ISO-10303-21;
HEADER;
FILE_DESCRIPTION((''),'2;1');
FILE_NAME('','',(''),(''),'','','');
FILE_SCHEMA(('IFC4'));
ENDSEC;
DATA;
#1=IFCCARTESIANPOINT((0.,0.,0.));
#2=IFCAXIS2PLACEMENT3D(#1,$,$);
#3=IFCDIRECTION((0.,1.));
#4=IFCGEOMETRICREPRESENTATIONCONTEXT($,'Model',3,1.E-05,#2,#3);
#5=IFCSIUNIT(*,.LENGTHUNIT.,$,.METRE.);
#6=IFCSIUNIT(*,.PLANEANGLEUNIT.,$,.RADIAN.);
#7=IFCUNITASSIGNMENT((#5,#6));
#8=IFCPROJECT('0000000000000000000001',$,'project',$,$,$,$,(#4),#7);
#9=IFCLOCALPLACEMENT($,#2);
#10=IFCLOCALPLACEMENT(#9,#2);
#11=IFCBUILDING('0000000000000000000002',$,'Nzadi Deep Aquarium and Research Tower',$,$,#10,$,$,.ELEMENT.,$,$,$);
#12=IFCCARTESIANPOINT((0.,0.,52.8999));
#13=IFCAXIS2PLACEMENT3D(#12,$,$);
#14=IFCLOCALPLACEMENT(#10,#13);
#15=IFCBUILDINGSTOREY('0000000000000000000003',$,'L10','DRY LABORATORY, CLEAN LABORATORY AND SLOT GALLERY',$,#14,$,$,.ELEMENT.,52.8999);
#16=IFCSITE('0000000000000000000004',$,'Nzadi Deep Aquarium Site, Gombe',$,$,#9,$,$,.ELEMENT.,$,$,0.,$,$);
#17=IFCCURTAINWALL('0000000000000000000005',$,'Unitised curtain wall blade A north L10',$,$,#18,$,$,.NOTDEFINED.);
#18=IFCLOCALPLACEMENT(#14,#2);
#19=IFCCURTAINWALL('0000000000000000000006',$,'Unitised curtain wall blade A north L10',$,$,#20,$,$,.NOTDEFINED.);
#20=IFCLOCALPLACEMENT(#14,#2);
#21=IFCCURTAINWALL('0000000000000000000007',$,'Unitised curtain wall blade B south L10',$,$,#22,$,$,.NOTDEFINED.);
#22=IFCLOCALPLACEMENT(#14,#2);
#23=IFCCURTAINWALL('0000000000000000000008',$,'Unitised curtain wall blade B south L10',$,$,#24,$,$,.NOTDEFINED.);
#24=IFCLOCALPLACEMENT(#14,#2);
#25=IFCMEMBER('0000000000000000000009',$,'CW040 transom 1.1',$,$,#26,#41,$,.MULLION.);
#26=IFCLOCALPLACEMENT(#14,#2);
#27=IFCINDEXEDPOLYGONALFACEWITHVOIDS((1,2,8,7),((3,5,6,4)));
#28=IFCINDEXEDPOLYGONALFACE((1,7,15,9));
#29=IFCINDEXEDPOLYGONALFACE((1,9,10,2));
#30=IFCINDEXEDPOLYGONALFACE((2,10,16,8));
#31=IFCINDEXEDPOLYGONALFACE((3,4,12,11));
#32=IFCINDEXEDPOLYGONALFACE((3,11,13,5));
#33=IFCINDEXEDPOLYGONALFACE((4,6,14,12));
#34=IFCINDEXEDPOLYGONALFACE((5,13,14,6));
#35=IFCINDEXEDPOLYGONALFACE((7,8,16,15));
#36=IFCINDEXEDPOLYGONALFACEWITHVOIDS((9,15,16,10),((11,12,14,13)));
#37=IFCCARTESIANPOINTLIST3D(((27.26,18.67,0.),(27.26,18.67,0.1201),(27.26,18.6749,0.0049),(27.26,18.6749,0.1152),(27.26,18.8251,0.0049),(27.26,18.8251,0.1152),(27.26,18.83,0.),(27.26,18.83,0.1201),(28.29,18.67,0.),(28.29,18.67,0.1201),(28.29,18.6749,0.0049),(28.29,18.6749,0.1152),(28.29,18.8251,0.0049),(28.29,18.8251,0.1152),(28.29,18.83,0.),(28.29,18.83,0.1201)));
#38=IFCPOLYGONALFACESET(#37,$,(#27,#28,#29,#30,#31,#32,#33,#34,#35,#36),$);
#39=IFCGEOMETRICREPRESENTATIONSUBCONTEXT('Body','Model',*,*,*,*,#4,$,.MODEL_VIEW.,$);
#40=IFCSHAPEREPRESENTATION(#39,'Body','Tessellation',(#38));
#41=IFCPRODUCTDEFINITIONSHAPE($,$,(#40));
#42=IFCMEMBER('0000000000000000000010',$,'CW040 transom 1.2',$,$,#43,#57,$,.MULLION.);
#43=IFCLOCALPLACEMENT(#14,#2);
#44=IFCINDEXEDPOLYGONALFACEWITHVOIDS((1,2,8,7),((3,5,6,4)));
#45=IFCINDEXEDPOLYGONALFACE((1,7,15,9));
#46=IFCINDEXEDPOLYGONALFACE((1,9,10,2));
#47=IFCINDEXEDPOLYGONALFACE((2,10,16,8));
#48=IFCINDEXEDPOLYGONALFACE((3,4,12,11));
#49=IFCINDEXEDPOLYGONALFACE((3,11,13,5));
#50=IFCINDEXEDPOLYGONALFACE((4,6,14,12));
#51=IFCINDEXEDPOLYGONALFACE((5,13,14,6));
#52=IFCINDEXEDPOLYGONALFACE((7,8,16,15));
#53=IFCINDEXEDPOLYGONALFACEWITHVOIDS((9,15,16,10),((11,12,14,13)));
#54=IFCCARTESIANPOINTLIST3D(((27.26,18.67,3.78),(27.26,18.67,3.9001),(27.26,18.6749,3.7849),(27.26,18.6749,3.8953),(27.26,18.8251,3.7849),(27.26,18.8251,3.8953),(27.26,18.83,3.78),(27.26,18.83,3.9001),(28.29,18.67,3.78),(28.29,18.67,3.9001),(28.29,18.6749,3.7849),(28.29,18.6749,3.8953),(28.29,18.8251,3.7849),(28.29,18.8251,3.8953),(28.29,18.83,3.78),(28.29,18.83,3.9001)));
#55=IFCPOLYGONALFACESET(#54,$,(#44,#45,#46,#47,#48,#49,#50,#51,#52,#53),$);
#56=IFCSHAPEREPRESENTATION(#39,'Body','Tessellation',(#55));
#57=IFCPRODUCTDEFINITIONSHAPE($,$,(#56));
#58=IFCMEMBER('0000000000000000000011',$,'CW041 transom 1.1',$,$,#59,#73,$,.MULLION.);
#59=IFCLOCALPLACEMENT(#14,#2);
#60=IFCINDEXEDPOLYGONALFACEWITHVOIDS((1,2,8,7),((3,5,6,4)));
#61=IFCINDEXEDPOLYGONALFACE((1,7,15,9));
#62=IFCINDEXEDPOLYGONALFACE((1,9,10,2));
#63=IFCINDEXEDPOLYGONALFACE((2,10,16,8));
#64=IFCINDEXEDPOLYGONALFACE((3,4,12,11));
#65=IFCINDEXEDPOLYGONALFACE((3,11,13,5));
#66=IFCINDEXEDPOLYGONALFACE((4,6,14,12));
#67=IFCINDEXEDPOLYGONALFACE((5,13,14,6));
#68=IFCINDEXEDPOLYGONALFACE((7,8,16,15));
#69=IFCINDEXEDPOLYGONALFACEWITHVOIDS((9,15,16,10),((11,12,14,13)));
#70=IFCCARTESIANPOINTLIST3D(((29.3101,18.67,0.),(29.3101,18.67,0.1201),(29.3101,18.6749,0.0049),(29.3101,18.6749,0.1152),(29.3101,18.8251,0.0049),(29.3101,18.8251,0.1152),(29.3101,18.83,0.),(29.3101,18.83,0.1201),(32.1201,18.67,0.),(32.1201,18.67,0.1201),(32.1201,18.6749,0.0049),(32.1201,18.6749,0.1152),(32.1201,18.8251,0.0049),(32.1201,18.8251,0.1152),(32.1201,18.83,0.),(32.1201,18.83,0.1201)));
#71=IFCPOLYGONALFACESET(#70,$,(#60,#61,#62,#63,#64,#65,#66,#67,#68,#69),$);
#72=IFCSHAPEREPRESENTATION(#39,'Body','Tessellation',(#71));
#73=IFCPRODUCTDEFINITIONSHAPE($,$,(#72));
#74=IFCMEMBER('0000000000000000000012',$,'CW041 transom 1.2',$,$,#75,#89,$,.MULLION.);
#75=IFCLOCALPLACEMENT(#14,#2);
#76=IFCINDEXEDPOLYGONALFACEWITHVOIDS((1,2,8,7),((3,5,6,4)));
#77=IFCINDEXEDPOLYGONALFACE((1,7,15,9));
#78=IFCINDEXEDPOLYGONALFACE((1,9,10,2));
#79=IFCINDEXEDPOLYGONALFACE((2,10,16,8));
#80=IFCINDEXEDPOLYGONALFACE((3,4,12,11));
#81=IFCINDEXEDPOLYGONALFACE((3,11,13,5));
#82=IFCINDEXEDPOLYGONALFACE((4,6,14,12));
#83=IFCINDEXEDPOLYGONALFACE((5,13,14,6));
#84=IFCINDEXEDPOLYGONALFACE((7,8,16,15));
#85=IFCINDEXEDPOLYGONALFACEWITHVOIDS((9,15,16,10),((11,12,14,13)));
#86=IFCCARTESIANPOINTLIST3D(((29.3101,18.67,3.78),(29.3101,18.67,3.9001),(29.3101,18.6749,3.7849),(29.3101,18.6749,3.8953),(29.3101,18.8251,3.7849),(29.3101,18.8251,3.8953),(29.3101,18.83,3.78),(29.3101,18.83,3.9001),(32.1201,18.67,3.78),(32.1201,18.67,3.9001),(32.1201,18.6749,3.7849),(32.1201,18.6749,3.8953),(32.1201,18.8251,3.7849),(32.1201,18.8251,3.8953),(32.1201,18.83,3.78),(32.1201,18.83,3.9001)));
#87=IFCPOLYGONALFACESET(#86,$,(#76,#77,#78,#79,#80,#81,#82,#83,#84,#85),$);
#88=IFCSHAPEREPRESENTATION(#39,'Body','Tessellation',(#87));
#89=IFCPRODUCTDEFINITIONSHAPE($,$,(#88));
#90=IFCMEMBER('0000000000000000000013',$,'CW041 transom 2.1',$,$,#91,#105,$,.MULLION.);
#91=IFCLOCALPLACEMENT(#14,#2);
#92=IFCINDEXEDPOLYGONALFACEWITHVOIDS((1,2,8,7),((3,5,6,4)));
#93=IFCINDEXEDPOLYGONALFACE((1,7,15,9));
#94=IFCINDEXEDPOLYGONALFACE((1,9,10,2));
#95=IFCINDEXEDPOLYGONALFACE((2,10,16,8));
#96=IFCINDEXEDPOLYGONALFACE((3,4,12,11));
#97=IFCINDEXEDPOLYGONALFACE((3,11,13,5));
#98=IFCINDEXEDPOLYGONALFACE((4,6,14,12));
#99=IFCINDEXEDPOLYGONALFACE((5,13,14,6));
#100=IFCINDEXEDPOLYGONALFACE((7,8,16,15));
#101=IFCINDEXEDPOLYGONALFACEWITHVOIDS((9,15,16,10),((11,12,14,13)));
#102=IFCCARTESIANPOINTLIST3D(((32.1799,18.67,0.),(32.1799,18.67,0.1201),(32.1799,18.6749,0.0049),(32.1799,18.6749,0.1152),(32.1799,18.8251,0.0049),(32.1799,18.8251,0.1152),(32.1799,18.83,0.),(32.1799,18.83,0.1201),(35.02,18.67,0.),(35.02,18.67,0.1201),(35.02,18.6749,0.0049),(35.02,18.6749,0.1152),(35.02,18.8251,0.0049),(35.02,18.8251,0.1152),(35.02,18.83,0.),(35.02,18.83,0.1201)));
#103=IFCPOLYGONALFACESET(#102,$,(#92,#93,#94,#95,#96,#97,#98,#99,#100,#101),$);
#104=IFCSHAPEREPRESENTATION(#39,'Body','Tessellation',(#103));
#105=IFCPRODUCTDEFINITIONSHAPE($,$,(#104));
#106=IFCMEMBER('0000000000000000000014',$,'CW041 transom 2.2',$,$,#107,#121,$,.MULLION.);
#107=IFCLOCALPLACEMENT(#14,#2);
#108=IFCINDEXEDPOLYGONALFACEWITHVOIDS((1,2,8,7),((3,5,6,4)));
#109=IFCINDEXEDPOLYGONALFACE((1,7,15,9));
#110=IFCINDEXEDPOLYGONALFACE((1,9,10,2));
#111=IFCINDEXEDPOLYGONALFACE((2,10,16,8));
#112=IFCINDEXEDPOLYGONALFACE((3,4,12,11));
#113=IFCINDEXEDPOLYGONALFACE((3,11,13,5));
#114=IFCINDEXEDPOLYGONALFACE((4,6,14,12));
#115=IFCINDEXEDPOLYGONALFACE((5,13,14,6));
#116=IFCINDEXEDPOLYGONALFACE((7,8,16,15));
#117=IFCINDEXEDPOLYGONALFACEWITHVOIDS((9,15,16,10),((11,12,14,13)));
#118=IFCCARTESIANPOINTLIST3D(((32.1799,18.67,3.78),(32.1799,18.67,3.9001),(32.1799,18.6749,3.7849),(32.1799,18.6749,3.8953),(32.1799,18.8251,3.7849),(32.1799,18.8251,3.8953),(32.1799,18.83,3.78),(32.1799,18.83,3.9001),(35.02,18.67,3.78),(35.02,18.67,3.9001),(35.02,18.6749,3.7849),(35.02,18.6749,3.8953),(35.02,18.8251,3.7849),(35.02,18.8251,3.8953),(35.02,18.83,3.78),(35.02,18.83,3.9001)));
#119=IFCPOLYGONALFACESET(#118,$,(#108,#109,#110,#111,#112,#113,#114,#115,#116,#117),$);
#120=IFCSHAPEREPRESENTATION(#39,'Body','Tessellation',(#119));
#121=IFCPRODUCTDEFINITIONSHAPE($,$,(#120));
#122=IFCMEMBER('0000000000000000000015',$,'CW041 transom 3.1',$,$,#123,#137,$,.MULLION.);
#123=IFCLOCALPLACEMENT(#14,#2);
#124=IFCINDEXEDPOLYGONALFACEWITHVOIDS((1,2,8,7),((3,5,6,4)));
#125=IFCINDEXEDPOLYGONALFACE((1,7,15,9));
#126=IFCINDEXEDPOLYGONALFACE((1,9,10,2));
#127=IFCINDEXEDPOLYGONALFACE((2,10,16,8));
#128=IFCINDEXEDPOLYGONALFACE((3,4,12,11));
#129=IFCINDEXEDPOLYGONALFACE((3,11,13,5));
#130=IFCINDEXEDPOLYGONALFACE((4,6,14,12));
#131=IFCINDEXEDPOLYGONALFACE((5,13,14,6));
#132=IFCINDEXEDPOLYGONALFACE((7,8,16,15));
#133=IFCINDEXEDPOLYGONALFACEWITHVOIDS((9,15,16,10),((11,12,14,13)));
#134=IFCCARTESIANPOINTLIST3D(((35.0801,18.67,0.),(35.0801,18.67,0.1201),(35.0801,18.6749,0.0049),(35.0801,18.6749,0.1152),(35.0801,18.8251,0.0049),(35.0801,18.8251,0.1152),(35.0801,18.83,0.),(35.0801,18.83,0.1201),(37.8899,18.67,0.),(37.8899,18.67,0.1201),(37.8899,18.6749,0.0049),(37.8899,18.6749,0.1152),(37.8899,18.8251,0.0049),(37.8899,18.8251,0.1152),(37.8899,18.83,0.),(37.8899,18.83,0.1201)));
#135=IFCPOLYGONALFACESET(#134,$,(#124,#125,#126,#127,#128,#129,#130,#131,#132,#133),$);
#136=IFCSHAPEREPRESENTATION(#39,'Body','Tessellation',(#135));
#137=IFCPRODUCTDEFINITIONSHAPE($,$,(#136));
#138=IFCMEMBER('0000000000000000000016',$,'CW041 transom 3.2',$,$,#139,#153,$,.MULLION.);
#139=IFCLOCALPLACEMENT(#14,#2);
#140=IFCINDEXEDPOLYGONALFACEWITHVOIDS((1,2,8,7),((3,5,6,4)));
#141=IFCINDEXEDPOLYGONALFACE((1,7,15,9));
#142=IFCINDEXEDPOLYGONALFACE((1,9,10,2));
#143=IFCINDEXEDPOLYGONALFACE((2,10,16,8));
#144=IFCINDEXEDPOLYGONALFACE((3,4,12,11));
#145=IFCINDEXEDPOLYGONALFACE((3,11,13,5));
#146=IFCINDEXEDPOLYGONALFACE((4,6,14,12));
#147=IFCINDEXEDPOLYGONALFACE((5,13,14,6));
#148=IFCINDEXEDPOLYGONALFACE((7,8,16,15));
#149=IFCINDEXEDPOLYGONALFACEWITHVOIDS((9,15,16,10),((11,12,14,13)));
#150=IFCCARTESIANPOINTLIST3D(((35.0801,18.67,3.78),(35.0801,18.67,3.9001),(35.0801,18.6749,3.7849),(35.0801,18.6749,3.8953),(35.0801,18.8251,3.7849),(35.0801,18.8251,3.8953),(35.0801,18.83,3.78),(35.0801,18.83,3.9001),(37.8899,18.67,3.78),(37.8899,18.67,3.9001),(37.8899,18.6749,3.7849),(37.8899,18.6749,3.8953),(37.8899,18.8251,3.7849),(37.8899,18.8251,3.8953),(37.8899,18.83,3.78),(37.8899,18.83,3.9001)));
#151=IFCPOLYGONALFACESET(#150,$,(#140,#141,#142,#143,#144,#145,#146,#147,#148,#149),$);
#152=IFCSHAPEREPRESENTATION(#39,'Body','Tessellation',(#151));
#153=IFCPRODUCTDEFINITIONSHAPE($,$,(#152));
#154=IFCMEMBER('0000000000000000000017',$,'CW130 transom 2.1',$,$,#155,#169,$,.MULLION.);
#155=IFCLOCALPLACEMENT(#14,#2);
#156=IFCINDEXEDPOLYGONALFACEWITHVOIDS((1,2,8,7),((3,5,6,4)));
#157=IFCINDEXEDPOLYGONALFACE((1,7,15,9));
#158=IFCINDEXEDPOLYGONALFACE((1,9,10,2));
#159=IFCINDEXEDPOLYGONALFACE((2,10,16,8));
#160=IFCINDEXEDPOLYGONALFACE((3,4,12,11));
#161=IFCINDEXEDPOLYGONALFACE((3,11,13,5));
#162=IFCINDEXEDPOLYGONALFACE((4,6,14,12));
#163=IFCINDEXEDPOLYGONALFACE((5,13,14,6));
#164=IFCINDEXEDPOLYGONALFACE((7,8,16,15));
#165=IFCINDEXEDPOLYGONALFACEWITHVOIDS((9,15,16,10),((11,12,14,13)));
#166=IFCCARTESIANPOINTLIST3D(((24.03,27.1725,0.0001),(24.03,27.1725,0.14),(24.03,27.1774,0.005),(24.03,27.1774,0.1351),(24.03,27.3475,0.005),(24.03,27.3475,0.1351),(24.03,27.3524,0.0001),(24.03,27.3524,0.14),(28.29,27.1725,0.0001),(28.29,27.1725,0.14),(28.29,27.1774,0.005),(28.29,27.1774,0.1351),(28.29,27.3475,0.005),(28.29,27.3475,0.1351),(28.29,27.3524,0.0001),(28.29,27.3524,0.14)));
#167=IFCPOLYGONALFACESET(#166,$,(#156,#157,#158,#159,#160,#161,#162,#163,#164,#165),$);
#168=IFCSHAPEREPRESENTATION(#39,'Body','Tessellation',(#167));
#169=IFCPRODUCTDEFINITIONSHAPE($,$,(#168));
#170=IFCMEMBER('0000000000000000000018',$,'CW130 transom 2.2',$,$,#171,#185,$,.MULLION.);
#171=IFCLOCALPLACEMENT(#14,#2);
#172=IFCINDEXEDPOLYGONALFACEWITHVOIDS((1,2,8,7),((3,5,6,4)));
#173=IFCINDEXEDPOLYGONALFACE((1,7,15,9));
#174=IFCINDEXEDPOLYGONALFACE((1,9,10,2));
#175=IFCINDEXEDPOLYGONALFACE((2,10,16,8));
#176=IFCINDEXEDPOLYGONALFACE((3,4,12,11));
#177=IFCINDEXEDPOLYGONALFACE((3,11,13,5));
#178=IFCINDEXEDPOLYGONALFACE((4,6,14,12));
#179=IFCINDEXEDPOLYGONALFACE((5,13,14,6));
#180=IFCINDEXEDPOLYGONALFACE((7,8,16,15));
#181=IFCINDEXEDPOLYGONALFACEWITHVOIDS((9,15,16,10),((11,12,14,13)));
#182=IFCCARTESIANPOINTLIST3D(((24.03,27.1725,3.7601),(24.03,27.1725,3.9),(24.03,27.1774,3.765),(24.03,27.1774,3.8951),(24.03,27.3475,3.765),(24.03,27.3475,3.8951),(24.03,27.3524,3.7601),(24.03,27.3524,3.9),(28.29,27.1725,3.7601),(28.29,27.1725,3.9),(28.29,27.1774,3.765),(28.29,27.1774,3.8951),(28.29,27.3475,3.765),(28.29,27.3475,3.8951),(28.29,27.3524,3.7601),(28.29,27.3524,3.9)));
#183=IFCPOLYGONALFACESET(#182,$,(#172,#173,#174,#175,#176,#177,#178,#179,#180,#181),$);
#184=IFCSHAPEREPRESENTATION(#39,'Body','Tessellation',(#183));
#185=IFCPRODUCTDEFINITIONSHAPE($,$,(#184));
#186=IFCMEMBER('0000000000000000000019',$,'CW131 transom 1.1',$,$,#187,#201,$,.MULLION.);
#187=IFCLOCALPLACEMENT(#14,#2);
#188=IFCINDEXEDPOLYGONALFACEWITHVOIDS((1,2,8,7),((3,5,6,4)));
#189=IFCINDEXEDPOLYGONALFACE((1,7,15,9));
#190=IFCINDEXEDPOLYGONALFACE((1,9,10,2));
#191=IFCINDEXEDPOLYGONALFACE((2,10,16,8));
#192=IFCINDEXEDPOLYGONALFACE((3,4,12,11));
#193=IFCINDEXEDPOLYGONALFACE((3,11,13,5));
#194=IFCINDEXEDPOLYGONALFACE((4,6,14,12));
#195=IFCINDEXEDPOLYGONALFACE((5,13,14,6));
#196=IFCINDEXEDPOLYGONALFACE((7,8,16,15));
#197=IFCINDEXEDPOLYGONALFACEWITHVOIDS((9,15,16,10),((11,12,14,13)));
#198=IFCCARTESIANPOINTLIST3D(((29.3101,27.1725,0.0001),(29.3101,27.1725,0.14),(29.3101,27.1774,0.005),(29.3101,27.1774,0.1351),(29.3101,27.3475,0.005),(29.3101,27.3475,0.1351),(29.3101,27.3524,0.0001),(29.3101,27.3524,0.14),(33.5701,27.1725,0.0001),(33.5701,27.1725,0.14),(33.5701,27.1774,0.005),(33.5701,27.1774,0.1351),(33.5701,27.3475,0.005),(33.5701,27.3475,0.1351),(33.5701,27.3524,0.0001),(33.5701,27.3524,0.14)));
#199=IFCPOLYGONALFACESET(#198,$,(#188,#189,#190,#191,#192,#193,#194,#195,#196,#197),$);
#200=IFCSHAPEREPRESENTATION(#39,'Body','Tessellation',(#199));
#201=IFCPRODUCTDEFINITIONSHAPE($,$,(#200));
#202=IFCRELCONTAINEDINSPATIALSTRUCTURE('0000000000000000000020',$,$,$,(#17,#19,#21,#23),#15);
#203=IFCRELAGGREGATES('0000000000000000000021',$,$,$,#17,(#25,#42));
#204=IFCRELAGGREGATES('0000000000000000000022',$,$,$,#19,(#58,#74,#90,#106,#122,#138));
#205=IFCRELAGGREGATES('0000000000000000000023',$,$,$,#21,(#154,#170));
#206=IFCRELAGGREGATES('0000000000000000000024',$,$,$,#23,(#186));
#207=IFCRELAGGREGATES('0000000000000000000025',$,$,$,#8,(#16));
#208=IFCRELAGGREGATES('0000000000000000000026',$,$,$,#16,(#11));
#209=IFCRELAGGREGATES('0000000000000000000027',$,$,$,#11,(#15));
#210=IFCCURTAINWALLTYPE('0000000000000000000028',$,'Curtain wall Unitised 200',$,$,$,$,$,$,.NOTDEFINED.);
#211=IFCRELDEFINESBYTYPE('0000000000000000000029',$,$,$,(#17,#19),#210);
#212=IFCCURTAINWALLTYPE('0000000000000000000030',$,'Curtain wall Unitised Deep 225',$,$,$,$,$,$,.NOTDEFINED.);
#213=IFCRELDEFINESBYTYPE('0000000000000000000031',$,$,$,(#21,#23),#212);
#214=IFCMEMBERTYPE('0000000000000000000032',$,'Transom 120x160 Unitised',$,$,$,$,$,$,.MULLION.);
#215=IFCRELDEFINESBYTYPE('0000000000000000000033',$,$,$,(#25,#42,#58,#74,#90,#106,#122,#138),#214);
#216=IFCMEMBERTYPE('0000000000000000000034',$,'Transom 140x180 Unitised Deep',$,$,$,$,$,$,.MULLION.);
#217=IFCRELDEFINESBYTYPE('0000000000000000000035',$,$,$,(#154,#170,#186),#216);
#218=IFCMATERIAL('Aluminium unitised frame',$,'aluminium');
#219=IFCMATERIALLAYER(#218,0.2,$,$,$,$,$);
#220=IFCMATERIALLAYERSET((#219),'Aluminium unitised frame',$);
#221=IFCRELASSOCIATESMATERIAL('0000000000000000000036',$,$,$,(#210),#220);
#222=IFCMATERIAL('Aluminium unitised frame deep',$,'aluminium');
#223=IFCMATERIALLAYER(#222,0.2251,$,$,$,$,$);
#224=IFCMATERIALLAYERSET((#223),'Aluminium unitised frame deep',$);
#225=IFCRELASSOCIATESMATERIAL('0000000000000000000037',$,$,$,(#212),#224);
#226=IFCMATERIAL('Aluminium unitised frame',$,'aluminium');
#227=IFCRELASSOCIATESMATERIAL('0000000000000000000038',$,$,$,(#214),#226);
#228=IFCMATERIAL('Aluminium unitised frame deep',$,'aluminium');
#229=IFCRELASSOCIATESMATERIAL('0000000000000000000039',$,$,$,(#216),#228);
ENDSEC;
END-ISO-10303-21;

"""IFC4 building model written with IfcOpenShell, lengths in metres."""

from ifc_helpers import new_model, si_unit, direction, frame, origin, origin_2d, place, context, subcontext, project, spatial, hollow_rectangle, extrude, material, layer, layer_set, material_profile, profile_set, type_object, element, aggregate, save


model = new_model("IFC4")

# Units and contexts
model_context = context("Model", 3, precision=1e-05, world=origin(), true_north=direction((0.0, 1.0)))
body_context = subcontext(model_context, "Body", "Model", "MODEL_VIEW")
ifc_project = project(units=[si_unit("LENGTHUNIT", "METRE"), si_unit("PLANEANGLEUNIT", "RADIAN")], contexts=[model_context])

# Site, building, storey
site_placement = place(None, origin())
site = spatial("IfcSite", under=ifc_project, at=site_placement, Name="Nzadi Deep Aquarium Site, Gombe", CompositionType="ELEMENT", RefElevation=0.0)
building_placement = place(site_placement, origin())
building = spatial("IfcBuilding", under=site, at=building_placement, Name="Nzadi Deep Aquarium and Research Tower", CompositionType="ELEMENT")
storey_placement = place(building_placement, frame((0.0, 0.0, 52.8999)))
storey = spatial("IfcBuildingStorey", under=building, at=storey_placement, Name="L10", Description="DRY LABORATORY, CLEAN LABORATORY AND SLOT GALLERY", CompositionType="ELEMENT", Elevation=52.8999)

# Curtain walls
ifc_material_1 = material(Name="Aluminium unitised frame", Category="aluminium")
ifc_layer_1 = layer(ifc_material_1, 0.2)
ifc_layer_set_1 = layer_set([ifc_layer_1], Name="Aluminium unitised frame")
curtain_wall_type_1 = type_object("IfcCurtainWallType", Name="Curtain wall Unitised 200", PredefinedType="NOTDEFINED", material=ifc_layer_set_1)
curtain_wall_1_placement = place(storey_placement, origin())
curtain_wall_1 = element("IfcCurtainWall", 1, at=curtain_wall_1_placement, inside=storey, type_object=curtain_wall_type_1, Name="Unitised curtain wall blade A north L10", PredefinedType="NOTDEFINED")
curtain_wall_2_placement = place(storey_placement, origin())
curtain_wall_2 = element("IfcCurtainWall", 2, at=curtain_wall_2_placement, inside=storey, type_object=curtain_wall_type_1, Name="Unitised curtain wall blade A north L10", PredefinedType="NOTDEFINED")
ifc_material_2 = material(Name="Aluminium unitised frame deep", Category="aluminium")
ifc_layer_2 = layer(ifc_material_2, 0.2251)
ifc_layer_set_2 = layer_set([ifc_layer_2], Name="Aluminium unitised frame deep")
curtain_wall_type_2 = type_object("IfcCurtainWallType", Name="Curtain wall Unitised Deep 225", PredefinedType="NOTDEFINED", material=ifc_layer_set_2)
curtain_wall_3_placement = place(storey_placement, origin())
curtain_wall_3 = element("IfcCurtainWall", 3, at=curtain_wall_3_placement, inside=storey, type_object=curtain_wall_type_2, Name="Unitised curtain wall blade B south L10", PredefinedType="NOTDEFINED")
curtain_wall_4_placement = place(storey_placement, origin())
curtain_wall_4 = element("IfcCurtainWall", 4, at=curtain_wall_4_placement, inside=storey, type_object=curtain_wall_type_2, Name="Unitised curtain wall blade B south L10", PredefinedType="NOTDEFINED")

# Members
ifc_material_3 = material(Name="Aluminium unitised frame", Category="aluminium")
ifc_material_profile_1 = material_profile(ifc_material_3, hollow_rectangle(XDim=0.1599, YDim=0.1201, WallThickness=0.0049, at=origin_2d()))
ifc_profile_set_1 = profile_set([ifc_material_profile_1], Name="Aluminium unitised frame")
member_type_1 = type_object("IfcMemberType", Name="Transom 120x160 Unitised", PredefinedType="MULLION", material=ifc_profile_set_1)
member_1_placement = place(storey_placement, frame((27.26, 18.75, 0.0601), z_axis=(1.0, 0.0, 0.0), x_axis=(0.0, 1.0, 0.0)))
member_1 = element("IfcMember", 5, at=member_1_placement, type_object=member_type_1, Name="CW040 transom 1.1", PredefinedType="MULLION", context=body_context, shape_type="SweptSolid", body=[
    extrude(hollow_rectangle(XDim=0.1599, YDim=0.1201, WallThickness=0.0049, at=origin_2d()), origin(), (0.0, 0.0, 1.0), 1.03),
])
member_2_placement = place(storey_placement, frame((27.26, 18.75, 3.8401), z_axis=(1.0, 0.0, 0.0), x_axis=(0.0, 1.0, 0.0)))
member_2 = element("IfcMember", 6, at=member_2_placement, type_object=member_type_1, Name="CW040 transom 1.2", PredefinedType="MULLION", context=body_context, shape_type="SweptSolid", body=[
    extrude(hollow_rectangle(XDim=0.1599, YDim=0.1201, WallThickness=0.0049, at=origin_2d()), origin(), (0.0, 0.0, 1.0), 1.03),
])
member_3_placement = place(storey_placement, frame((29.3101, 18.75, 0.0601), z_axis=(1.0, 0.0, 0.0), x_axis=(0.0, 1.0, 0.0)))
member_3 = element("IfcMember", 7, at=member_3_placement, type_object=member_type_1, Name="CW041 transom 1.1", PredefinedType="MULLION", context=body_context, shape_type="SweptSolid", body=[
    extrude(hollow_rectangle(XDim=0.1599, YDim=0.1201, WallThickness=0.0049, at=origin_2d()), origin(), (0.0, 0.0, 1.0), 2.8101),
])
member_4_placement = place(storey_placement, frame((29.3101, 18.75, 3.8401), z_axis=(1.0, 0.0, 0.0), x_axis=(0.0, 1.0, 0.0)))
member_4 = element("IfcMember", 8, at=member_4_placement, type_object=member_type_1, Name="CW041 transom 1.2", PredefinedType="MULLION", context=body_context, shape_type="SweptSolid", body=[
    extrude(hollow_rectangle(XDim=0.1599, YDim=0.1201, WallThickness=0.0049, at=origin_2d()), origin(), (0.0, 0.0, 1.0), 2.8101),
])
member_5_placement = place(storey_placement, frame((32.1799, 18.75, 0.0601), z_axis=(1.0, 0.0, 0.0), x_axis=(0.0, 1.0, 0.0)))
member_5 = element("IfcMember", 9, at=member_5_placement, type_object=member_type_1, Name="CW041 transom 2.1", PredefinedType="MULLION", context=body_context, shape_type="SweptSolid", body=[
    extrude(hollow_rectangle(XDim=0.1599, YDim=0.1201, WallThickness=0.0049, at=origin_2d()), origin(), (0.0, 0.0, 1.0), 2.8401),
])
member_6_placement = place(storey_placement, frame((32.1799, 18.75, 3.8401), z_axis=(1.0, 0.0, 0.0), x_axis=(0.0, 1.0, 0.0)))
member_6 = element("IfcMember", 10, at=member_6_placement, type_object=member_type_1, Name="CW041 transom 2.2", PredefinedType="MULLION", context=body_context, shape_type="SweptSolid", body=[
    extrude(hollow_rectangle(XDim=0.1599, YDim=0.1201, WallThickness=0.0049, at=origin_2d()), origin(), (0.0, 0.0, 1.0), 2.8401),
])
member_7_placement = place(storey_placement, frame((35.0801, 18.75, 0.0601), z_axis=(1.0, 0.0, 0.0), x_axis=(0.0, 1.0, 0.0)))
member_7 = element("IfcMember", 11, at=member_7_placement, type_object=member_type_1, Name="CW041 transom 3.1", PredefinedType="MULLION", context=body_context, shape_type="SweptSolid", body=[
    extrude(hollow_rectangle(XDim=0.1599, YDim=0.1201, WallThickness=0.0049, at=origin_2d()), origin(), (0.0, 0.0, 1.0), 2.8098),
])
member_8_placement = place(storey_placement, frame((35.0801, 18.75, 3.8401), z_axis=(1.0, 0.0, 0.0), x_axis=(0.0, 1.0, 0.0)))
member_8 = element("IfcMember", 12, at=member_8_placement, type_object=member_type_1, Name="CW041 transom 3.2", PredefinedType="MULLION", context=body_context, shape_type="SweptSolid", body=[
    extrude(hollow_rectangle(XDim=0.1599, YDim=0.1201, WallThickness=0.0049, at=origin_2d()), origin(), (0.0, 0.0, 1.0), 2.8098),
])
ifc_material_4 = material(Name="Aluminium unitised frame deep", Category="aluminium")
ifc_material_profile_2 = material_profile(ifc_material_4, hollow_rectangle(XDim=0.1799, YDim=0.1399, WallThickness=0.0049, at=origin_2d()))
ifc_profile_set_2 = profile_set([ifc_material_profile_2], Name="Aluminium unitised frame deep")
member_type_2 = type_object("IfcMemberType", Name="Transom 140x180 Unitised Deep", PredefinedType="MULLION", material=ifc_profile_set_2)
member_9_placement = place(storey_placement, frame((24.03, 27.2625, 0.0701), z_axis=(1.0, 0.0, 0.0), x_axis=(0.0, 1.0, 0.0)))
member_9 = element("IfcMember", 13, at=member_9_placement, type_object=member_type_2, Name="CW130 transom 2.1", PredefinedType="MULLION", context=body_context, shape_type="SweptSolid", body=[
    extrude(hollow_rectangle(XDim=0.1799, YDim=0.1399, WallThickness=0.0049, at=origin_2d()), origin(), (0.0, 0.0, 1.0), 4.26),
])
member_10_placement = place(storey_placement, frame((24.03, 27.2625, 3.8301), z_axis=(1.0, 0.0, 0.0), x_axis=(0.0, 1.0, 0.0)))
member_10 = element("IfcMember", 14, at=member_10_placement, type_object=member_type_2, Name="CW130 transom 2.2", PredefinedType="MULLION", context=body_context, shape_type="SweptSolid", body=[
    extrude(hollow_rectangle(XDim=0.1799, YDim=0.1399, WallThickness=0.0049, at=origin_2d()), origin(), (0.0, 0.0, 1.0), 4.26),
])
member_11_placement = place(storey_placement, frame((29.3101, 27.2625, 0.0701), z_axis=(1.0, 0.0, 0.0), x_axis=(0.0, 1.0, 0.0)))
member_11 = element("IfcMember", 15, at=member_11_placement, type_object=member_type_2, Name="CW131 transom 1.1", PredefinedType="MULLION", context=body_context, shape_type="SweptSolid", body=[
    extrude(hollow_rectangle(XDim=0.1799, YDim=0.1399, WallThickness=0.0049, at=origin_2d()), origin(), (0.0, 0.0, 1.0), 4.26),
])

aggregate(curtain_wall_1, [member_1, member_2])
aggregate(curtain_wall_2, [member_3, member_4, member_5, member_6, member_7, member_8])
aggregate(curtain_wall_3, [member_9, member_10])
aggregate(curtain_wall_4, [member_11])

save(model, "model.ifc")
